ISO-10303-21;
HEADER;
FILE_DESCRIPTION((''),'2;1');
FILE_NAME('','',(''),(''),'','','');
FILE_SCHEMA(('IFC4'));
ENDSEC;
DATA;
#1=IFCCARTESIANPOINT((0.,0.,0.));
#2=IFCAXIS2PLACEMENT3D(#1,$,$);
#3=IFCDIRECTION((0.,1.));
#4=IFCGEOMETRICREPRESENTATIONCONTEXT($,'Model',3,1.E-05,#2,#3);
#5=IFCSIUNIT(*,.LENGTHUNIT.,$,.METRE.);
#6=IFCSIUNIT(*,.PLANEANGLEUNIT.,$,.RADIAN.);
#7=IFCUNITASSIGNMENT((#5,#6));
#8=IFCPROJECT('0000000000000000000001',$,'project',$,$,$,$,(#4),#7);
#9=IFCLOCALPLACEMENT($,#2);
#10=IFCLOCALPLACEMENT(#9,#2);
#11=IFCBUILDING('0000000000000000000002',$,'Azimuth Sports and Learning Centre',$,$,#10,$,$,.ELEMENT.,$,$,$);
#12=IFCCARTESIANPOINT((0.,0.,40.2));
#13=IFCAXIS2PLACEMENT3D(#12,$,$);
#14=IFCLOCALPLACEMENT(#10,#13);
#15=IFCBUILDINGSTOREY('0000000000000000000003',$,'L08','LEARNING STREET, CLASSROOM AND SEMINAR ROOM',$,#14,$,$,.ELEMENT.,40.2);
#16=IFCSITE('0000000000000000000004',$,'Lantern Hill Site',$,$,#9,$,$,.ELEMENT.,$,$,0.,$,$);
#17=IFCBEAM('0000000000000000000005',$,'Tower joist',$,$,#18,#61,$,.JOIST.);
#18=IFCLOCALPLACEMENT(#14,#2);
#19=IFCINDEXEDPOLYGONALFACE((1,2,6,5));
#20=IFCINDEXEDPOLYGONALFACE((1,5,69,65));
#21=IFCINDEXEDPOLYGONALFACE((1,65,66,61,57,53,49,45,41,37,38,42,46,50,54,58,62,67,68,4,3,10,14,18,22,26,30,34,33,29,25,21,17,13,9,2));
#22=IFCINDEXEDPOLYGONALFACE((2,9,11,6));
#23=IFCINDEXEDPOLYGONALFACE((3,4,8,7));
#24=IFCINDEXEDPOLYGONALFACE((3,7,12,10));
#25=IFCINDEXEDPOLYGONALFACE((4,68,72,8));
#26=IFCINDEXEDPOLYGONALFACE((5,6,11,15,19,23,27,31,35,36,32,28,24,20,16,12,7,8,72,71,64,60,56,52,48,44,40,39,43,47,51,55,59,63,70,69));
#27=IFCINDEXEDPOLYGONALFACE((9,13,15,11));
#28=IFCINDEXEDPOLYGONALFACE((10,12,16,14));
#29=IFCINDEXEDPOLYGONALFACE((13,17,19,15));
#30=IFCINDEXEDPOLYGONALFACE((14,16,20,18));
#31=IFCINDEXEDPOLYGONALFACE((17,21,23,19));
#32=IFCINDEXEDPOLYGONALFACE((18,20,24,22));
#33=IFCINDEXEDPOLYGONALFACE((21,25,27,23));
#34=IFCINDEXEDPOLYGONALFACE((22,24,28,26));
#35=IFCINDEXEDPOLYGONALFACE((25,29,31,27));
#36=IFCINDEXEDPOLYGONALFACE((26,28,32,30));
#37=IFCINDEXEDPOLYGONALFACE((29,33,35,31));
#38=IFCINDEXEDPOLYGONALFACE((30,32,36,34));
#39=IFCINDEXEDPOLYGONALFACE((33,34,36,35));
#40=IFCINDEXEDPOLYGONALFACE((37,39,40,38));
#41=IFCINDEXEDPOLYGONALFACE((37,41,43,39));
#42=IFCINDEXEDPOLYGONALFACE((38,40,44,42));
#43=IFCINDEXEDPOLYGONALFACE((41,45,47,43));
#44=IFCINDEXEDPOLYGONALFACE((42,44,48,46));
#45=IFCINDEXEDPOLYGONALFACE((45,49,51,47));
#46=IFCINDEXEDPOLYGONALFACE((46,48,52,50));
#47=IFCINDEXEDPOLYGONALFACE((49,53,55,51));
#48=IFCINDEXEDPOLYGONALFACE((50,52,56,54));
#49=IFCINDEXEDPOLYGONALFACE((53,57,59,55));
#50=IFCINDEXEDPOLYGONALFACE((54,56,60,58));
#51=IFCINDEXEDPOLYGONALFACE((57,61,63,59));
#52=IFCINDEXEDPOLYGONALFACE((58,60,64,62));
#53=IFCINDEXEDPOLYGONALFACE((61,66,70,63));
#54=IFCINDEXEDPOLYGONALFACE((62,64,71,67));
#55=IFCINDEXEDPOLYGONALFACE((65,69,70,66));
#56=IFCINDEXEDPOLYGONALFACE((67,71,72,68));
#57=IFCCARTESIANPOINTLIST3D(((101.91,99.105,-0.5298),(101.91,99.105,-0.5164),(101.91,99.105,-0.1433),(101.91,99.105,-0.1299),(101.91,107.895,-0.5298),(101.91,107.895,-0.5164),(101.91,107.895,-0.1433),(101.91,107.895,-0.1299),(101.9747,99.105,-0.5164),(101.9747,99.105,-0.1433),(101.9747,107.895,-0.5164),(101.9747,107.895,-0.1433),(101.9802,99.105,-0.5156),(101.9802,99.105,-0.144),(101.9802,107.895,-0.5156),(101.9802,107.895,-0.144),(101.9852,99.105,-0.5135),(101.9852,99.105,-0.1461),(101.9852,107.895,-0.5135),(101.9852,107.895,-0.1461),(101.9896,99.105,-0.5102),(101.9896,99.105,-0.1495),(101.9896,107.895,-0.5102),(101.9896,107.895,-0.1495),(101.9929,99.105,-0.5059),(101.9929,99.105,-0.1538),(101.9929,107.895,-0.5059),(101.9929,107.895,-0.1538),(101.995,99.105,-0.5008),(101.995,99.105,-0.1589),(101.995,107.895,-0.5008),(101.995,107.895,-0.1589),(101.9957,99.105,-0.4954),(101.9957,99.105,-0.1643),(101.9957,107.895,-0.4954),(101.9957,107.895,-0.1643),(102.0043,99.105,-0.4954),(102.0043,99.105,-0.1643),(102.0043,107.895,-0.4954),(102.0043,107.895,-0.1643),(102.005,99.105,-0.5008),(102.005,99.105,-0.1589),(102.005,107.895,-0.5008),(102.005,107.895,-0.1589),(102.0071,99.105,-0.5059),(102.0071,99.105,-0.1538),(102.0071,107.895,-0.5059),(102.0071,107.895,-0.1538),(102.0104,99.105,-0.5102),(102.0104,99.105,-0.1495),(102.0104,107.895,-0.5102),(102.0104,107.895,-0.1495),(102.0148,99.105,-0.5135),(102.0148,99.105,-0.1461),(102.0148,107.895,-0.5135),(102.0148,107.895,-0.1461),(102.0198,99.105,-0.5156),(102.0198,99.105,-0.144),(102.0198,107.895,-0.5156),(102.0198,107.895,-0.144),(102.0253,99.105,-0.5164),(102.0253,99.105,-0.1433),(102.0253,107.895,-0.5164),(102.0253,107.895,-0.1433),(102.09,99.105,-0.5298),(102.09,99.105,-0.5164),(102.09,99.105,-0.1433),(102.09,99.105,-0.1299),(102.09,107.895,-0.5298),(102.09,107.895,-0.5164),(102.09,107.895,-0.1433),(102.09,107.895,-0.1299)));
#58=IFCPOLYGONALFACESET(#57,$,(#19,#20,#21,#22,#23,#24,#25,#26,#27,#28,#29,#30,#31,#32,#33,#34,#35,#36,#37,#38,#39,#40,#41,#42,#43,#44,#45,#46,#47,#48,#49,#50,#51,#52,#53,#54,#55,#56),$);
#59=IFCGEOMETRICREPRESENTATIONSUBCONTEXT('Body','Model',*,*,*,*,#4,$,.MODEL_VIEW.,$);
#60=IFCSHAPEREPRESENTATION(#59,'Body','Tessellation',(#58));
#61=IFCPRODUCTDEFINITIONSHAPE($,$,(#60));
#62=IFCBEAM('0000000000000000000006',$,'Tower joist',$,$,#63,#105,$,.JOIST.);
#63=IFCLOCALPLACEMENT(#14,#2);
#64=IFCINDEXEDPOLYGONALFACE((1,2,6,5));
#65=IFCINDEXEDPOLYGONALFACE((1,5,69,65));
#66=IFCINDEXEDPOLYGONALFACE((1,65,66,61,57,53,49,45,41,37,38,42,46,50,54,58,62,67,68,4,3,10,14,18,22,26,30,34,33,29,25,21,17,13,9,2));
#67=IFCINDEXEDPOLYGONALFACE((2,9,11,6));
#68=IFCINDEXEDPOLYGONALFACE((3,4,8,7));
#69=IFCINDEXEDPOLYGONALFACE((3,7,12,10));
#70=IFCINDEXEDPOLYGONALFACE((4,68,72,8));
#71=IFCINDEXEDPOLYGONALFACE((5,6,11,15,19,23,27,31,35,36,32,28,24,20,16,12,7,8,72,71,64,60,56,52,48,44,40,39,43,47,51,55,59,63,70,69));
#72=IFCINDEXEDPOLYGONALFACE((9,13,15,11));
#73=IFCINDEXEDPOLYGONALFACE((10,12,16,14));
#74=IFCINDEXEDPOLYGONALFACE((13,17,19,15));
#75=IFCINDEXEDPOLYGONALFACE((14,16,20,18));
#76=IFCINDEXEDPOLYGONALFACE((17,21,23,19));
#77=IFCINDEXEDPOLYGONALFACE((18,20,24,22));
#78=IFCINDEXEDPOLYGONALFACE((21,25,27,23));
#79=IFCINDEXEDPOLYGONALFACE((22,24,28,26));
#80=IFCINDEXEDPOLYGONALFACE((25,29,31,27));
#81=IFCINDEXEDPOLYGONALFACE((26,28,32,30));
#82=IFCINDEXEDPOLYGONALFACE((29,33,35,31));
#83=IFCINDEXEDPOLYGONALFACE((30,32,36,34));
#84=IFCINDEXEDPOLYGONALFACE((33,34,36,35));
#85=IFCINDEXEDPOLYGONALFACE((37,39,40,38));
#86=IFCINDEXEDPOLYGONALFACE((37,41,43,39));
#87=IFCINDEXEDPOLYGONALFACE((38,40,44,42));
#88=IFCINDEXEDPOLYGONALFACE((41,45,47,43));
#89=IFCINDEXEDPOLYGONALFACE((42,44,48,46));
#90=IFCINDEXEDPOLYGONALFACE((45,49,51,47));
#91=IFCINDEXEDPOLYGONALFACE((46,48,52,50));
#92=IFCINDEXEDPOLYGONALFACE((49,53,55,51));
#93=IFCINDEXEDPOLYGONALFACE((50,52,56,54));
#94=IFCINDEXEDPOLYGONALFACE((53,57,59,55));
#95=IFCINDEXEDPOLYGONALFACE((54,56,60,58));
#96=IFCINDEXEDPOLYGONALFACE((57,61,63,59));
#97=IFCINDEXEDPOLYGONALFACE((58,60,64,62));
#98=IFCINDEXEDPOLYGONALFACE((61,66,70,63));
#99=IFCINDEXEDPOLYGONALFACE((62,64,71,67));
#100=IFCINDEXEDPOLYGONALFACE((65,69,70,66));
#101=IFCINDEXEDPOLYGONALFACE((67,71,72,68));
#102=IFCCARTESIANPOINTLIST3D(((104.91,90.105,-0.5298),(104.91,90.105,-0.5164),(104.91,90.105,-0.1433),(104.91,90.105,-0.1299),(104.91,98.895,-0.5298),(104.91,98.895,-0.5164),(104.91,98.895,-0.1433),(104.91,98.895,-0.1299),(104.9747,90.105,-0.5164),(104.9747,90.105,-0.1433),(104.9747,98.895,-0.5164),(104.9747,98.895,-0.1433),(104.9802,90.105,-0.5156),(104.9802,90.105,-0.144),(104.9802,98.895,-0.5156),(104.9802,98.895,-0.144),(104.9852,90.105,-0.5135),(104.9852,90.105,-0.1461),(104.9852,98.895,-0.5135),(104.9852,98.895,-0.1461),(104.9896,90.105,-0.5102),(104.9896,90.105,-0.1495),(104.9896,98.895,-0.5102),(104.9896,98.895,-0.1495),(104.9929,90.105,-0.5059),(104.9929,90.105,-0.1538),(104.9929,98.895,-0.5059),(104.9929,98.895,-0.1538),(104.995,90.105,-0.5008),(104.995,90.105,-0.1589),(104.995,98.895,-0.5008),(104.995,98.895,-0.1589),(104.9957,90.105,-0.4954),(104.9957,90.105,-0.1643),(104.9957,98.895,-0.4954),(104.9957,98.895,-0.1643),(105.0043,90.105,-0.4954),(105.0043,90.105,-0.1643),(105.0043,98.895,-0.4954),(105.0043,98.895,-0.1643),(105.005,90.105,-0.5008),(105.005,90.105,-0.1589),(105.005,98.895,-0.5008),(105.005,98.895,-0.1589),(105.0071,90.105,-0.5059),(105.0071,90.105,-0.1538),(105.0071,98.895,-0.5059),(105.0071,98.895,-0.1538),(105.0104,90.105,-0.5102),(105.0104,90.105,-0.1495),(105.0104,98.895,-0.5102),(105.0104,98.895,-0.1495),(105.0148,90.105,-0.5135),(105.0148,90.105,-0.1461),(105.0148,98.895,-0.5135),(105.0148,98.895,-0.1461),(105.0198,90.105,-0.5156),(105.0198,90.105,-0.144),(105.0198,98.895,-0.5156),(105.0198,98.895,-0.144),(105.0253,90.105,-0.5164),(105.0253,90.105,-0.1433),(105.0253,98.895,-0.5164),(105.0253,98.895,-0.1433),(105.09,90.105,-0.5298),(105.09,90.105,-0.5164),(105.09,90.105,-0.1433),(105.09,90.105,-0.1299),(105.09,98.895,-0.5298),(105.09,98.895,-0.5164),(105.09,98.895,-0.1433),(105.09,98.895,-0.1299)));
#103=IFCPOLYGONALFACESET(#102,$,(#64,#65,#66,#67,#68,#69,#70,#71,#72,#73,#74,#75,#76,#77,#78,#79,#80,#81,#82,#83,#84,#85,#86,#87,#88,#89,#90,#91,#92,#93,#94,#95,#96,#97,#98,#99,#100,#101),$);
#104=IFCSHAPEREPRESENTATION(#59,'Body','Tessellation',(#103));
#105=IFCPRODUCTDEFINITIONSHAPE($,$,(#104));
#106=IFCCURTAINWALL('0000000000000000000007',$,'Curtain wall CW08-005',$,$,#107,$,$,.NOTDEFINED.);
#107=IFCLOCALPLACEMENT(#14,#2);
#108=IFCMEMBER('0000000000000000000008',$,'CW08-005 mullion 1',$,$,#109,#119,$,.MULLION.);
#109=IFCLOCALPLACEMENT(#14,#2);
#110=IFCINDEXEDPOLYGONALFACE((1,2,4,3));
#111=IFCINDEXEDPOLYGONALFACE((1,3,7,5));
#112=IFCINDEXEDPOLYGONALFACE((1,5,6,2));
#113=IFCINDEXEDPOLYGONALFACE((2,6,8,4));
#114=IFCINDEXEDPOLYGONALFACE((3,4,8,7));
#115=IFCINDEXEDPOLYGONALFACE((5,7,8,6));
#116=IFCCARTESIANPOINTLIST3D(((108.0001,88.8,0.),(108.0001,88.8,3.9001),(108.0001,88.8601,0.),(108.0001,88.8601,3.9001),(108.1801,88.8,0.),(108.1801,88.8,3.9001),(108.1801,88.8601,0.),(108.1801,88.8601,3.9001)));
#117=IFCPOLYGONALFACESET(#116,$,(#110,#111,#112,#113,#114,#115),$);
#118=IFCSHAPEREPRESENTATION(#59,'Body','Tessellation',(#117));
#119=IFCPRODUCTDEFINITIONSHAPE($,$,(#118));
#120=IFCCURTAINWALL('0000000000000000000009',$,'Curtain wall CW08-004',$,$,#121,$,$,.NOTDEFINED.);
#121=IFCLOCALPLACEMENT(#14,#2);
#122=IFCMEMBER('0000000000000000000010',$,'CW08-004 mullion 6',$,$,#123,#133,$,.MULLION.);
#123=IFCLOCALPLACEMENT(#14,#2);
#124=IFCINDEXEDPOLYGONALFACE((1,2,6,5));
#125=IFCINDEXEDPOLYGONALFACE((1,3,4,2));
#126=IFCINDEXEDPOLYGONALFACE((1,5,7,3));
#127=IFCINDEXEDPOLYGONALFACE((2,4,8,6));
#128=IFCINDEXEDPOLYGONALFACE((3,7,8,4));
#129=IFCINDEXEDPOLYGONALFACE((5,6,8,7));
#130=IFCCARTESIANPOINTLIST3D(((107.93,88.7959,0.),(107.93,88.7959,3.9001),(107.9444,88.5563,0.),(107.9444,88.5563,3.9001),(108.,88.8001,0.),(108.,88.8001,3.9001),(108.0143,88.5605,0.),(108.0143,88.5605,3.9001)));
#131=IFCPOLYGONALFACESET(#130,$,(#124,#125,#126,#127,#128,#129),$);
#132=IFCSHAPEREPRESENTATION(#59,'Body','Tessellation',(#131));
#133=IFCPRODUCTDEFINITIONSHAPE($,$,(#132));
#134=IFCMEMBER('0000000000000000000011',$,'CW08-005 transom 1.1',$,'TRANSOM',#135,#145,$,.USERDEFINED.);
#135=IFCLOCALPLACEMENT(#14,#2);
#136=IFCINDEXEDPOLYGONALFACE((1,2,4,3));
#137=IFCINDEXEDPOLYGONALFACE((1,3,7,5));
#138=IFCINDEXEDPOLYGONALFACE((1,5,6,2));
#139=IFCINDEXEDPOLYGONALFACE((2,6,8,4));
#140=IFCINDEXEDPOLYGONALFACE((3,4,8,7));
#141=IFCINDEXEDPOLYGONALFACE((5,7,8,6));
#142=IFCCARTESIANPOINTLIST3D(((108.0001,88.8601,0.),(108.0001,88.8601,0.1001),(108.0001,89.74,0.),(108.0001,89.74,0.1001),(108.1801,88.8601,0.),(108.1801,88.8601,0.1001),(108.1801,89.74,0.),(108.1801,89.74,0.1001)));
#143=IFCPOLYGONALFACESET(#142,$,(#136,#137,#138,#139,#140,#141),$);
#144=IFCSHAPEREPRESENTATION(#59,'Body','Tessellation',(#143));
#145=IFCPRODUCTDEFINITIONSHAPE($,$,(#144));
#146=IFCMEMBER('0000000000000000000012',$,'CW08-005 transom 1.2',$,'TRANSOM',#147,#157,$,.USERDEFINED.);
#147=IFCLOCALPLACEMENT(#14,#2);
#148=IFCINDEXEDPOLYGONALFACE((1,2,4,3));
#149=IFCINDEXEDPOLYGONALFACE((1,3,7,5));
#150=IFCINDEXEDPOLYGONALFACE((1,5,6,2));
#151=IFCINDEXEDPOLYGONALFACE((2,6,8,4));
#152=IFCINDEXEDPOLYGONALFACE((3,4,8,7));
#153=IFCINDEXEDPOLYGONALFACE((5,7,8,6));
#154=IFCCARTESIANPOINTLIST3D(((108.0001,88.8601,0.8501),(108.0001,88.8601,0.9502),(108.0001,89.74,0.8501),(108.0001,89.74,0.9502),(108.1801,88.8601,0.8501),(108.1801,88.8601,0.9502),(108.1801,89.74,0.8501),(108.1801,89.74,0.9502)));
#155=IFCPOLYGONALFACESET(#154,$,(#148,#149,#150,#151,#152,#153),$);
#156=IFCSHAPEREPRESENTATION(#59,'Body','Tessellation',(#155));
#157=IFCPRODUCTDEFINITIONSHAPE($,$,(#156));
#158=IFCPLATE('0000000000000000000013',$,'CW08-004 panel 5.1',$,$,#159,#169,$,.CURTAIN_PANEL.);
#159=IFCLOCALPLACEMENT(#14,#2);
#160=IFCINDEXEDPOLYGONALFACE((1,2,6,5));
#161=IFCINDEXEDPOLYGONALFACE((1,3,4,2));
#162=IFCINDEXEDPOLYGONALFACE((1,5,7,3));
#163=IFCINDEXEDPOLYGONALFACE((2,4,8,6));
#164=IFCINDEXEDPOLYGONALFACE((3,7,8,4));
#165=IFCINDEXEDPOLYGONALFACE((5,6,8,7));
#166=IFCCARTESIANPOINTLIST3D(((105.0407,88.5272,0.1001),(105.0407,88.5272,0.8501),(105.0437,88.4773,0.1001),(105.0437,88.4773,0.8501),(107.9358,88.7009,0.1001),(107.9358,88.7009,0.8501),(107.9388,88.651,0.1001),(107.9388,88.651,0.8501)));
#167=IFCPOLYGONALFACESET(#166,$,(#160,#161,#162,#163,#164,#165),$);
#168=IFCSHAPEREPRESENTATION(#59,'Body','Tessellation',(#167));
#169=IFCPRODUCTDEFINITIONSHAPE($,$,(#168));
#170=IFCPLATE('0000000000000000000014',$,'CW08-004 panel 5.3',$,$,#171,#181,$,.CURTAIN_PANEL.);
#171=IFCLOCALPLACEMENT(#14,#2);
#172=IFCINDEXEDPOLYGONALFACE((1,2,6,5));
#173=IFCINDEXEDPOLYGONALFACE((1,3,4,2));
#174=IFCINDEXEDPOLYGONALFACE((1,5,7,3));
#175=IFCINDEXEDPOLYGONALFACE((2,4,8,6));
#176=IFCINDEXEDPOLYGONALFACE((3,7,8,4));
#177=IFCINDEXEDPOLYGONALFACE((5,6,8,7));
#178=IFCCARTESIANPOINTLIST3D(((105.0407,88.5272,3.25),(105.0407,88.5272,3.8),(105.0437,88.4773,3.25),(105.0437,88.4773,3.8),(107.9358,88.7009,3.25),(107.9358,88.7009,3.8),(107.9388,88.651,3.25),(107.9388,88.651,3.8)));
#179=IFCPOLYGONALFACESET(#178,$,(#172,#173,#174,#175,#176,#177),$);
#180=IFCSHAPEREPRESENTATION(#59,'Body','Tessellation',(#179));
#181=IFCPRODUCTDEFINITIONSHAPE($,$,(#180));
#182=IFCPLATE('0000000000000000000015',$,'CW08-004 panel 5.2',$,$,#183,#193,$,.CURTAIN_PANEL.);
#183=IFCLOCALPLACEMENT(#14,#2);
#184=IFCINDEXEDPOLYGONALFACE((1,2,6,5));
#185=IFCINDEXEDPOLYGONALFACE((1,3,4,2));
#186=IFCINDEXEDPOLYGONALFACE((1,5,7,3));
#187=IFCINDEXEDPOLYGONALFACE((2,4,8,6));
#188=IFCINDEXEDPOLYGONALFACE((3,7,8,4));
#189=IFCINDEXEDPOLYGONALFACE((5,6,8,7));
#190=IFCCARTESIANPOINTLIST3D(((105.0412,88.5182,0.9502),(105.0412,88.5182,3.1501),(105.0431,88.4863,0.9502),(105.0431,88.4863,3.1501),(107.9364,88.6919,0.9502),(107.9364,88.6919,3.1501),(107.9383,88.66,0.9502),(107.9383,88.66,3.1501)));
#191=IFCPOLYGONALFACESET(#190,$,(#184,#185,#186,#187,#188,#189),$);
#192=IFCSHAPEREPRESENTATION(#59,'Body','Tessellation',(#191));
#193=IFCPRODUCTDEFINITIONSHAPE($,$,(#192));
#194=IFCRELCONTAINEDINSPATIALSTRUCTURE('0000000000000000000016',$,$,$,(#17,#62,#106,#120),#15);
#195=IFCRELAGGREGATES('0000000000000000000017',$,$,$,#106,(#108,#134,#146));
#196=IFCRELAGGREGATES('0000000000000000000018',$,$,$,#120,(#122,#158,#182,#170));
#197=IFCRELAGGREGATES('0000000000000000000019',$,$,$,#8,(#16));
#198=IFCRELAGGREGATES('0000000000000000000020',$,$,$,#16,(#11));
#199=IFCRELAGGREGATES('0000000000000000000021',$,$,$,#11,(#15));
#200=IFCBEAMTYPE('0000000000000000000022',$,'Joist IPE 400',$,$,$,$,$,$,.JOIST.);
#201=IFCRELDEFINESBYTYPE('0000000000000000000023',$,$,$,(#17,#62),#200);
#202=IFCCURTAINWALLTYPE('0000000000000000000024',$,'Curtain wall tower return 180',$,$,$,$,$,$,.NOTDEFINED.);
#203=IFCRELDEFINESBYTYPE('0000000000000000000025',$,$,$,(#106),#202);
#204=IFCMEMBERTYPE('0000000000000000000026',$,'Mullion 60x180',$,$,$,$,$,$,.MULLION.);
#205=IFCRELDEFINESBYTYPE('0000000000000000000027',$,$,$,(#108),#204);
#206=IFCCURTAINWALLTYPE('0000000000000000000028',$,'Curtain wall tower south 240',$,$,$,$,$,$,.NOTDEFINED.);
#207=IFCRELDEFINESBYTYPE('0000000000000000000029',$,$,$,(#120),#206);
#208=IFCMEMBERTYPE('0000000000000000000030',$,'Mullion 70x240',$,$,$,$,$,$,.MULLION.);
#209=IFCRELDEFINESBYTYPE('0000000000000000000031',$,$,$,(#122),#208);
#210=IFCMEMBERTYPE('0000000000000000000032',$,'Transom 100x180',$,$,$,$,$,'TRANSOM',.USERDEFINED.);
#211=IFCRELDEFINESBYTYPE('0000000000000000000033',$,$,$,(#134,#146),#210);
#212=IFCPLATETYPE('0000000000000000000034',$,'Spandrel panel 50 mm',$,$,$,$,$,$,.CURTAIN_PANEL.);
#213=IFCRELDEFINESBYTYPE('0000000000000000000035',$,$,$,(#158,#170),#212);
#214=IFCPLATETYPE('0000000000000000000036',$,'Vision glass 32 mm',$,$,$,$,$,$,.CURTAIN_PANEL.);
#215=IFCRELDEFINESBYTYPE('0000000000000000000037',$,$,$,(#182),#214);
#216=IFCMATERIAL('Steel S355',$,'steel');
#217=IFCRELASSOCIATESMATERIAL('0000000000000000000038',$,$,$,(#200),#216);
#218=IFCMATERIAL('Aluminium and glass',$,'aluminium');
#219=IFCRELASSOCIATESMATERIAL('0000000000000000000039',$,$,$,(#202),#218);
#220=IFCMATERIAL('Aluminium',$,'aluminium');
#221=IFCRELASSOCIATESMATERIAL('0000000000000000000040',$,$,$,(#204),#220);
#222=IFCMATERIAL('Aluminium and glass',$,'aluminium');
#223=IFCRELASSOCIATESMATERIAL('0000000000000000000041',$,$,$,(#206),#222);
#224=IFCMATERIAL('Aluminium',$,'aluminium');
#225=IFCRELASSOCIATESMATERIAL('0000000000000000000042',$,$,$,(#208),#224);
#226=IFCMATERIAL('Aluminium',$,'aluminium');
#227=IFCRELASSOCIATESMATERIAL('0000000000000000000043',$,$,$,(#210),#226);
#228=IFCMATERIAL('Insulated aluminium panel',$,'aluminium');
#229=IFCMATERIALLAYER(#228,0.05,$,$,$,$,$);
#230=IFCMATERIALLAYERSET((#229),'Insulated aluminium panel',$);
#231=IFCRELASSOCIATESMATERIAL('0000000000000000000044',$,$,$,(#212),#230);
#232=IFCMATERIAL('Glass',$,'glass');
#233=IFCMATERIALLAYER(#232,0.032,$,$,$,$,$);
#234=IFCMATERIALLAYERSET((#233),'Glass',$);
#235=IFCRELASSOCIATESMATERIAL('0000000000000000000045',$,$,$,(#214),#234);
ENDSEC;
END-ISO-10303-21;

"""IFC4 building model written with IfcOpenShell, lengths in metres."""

from ifc_helpers import new_model, si_unit, direction, frame, origin, origin_2d, place, context, subcontext, project, spatial, rectangle, i_section, extrude, material, layer, layer_set, material_profile, profile_set, type_object, element, aggregate, save


model = new_model("IFC4")

# Units and contexts
model_context = context("Model", 3, precision=1e-05, world=origin(), true_north=direction((0.0, 1.0)))
body_context = subcontext(model_context, "Body", "Model", "MODEL_VIEW")
ifc_project = project(units=[si_unit("LENGTHUNIT", "METRE"), si_unit("PLANEANGLEUNIT", "RADIAN")], contexts=[model_context])

# Site, building, storey
site_placement = place(None, origin())
site = spatial("IfcSite", under=ifc_project, at=site_placement, Name="Lantern Hill Site", CompositionType="ELEMENT", RefElevation=0.0)
building_placement = place(site_placement, origin())
building = spatial("IfcBuilding", under=site, at=building_placement, Name="Azimuth Sports and Learning Centre", CompositionType="ELEMENT")
storey_placement = place(building_placement, frame((0.0, 0.0, 40.2)))
storey = spatial("IfcBuildingStorey", under=building, at=storey_placement, Name="L08", Description="LEARNING STREET, CLASSROOM AND SEMINAR ROOM", CompositionType="ELEMENT", Elevation=40.2)

# Beams
ifc_material_1 = material(Name="Steel S355", Category="steel")
ifc_material_profile_1 = material_profile(ifc_material_1, i_section(OverallWidth=0.1799, OverallDepth=0.3999, WebThickness=0.0085, FlangeThickness=0.0134, FilletRadius=0.021, at=origin_2d()), Name="IPE 400")
ifc_profile_set_1 = profile_set([ifc_material_profile_1], Name="Steel S355")
beam_type_1 = type_object("IfcBeamType", Name="Joist IPE 400", PredefinedType="JOIST", material=ifc_profile_set_1)
for number, where, z_axis, x_axis, name in (
    (1, (102.0, 99.105, -0.3298), (0.0, 1.0, 0.0), (-1.0, 0.0, 0.0), "Tower joist"),
    (2, (105.0, 90.105, -0.3298), (0.0, 1.0, 0.0), (-1.0, 0.0, 0.0), "Tower joist"),
):
    element("IfcBeam", number, at=place(storey_placement, frame(where, z_axis=z_axis, x_axis=x_axis)), inside=storey, type_object=beam_type_1, Name=name, PredefinedType="JOIST", context=body_context, shape_type="SweptSolid", body=[
        extrude(i_section(OverallWidth=0.1799, OverallDepth=0.3999, WebThickness=0.0085, FlangeThickness=0.0134, FilletRadius=0.021, at=origin_2d()), origin(), (0.0, 0.0, 1.0), 8.79),
    ])

# Curtain walls, members
ifc_material_2 = material(Name="Aluminium and glass", Category="aluminium")
curtain_wall_type_1 = type_object("IfcCurtainWallType", Name="Curtain wall tower return 180", PredefinedType="NOTDEFINED", material=ifc_material_2)
curtain_wall_1_placement = place(storey_placement, origin())
curtain_wall_1 = element("IfcCurtainWall", 3, at=curtain_wall_1_placement, inside=storey, type_object=curtain_wall_type_1, Name="Curtain wall CW08-005", PredefinedType="NOTDEFINED")
ifc_material_3 = material(Name="Aluminium", Category="aluminium")
ifc_material_profile_2 = material_profile(ifc_material_3, rectangle(XDim=0.1799, YDim=0.0601, at=origin_2d()), Name="Mullion 60x180")
ifc_profile_set_2 = profile_set([ifc_material_profile_2], Name="Aluminium")
member_type_1 = type_object("IfcMemberType", Name="Mullion 60x180", PredefinedType="MULLION", material=ifc_profile_set_2)
member_1_placement = place(storey_placement, frame((108.0901, 88.8301, 0.0), z_axis=(0.0, 0.0, 1.0), x_axis=(-1.0, 0.0, 0.0)))
member_1 = element("IfcMember", 4, at=member_1_placement, type_object=member_type_1, Name="CW08-005 mullion 1", PredefinedType="MULLION", context=body_context, shape_type="SweptSolid", body=[
    extrude(rectangle(XDim=0.1799, YDim=0.0601, at=origin_2d()), origin(), (0.0, 0.0, 1.0), 3.9001),
])
ifc_material_4 = material(Name="Aluminium and glass", Category="aluminium")
curtain_wall_type_2 = type_object("IfcCurtainWallType", Name="Curtain wall tower south 240", PredefinedType="NOTDEFINED", material=ifc_material_4)
curtain_wall_2_placement = place(storey_placement, origin())
curtain_wall_2 = element("IfcCurtainWall", 5, at=curtain_wall_2_placement, inside=storey, type_object=curtain_wall_type_2, Name="Curtain wall CW08-004", PredefinedType="NOTDEFINED")
ifc_material_5 = material(Name="Aluminium", Category="aluminium")
ifc_material_profile_3 = material_profile(ifc_material_5, rectangle(XDim=0.24, YDim=0.0701, at=origin_2d()), Name="Mullion 70x240")
ifc_profile_set_3 = profile_set([ifc_material_profile_3], Name="Aluminium")
member_type_2 = type_object("IfcMemberType", Name="Mullion 70x240", PredefinedType="MULLION", material=ifc_profile_set_3)
member_2_placement = place(storey_placement, frame((107.9722, 88.6782, 0.0), z_axis=(0.0, 0.0, 1.0), x_axis=(-0.059892, 0.998205, 0.0)))
member_2 = element("IfcMember", 6, at=member_2_placement, type_object=member_type_2, Name="CW08-004 mullion 6", PredefinedType="MULLION", context=body_context, shape_type="SweptSolid", body=[
    extrude(rectangle(XDim=0.24, YDim=0.0701, at=origin_2d()), origin(), (0.0, 0.0, 1.0), 3.9001),
])

# Members
ifc_material_6 = material(Name="Aluminium", Category="aluminium")
ifc_material_profile_4 = material_profile(ifc_material_6, rectangle(XDim=0.1799, YDim=0.1001, at=origin_2d()), Name="Transom 100x180")
ifc_profile_set_4 = profile_set([ifc_material_profile_4], Name="Aluminium")
member_type_3 = type_object("IfcMemberType", Name="Transom 100x180", ElementType="TRANSOM", PredefinedType="USERDEFINED", material=ifc_profile_set_4)
member_3_placement = place(storey_placement, frame((108.0901, 88.8601, 0.05), z_axis=(0.0, 1.0, 0.0), x_axis=(-1.0, 0.0, 0.0)))
member_3 = element("IfcMember", 7, at=member_3_placement, type_object=member_type_3, Name="CW08-005 transom 1.1", ObjectType="TRANSOM", PredefinedType="USERDEFINED", context=body_context, shape_type="SweptSolid", body=[
    extrude(rectangle(XDim=0.1799, YDim=0.1001, at=origin_2d()), origin(), (0.0, 0.0, 1.0), 0.8799),
])
member_4_placement = place(storey_placement, frame((108.0901, 88.8601, 0.9001), z_axis=(0.0, 1.0, 0.0), x_axis=(-1.0, 0.0, 0.0)))
member_4 = element("IfcMember", 8, at=member_4_placement, type_object=member_type_3, Name="CW08-005 transom 1.2", ObjectType="TRANSOM", PredefinedType="USERDEFINED", context=body_context, shape_type="SweptSolid", body=[
    extrude(rectangle(XDim=0.1799, YDim=0.1001, at=origin_2d()), origin(), (0.0, 0.0, 1.0), 0.8799),
])
aggregate(curtain_wall_1, [member_1, member_3, member_4])

# Plates
ifc_material_7 = material(Name="Insulated aluminium panel", Category="aluminium")
ifc_layer_1 = layer(ifc_material_7, 0.05)
ifc_layer_set_1 = layer_set([ifc_layer_1], Name="Insulated aluminium panel")
plate_type_1 = type_object("IfcPlateType", Name="Spandrel panel 50 mm", PredefinedType="CURTAIN_PANEL", material=ifc_layer_set_1)
plate_1_placement = place(storey_placement, frame((106.4897, 88.5891, 0.1001), z_axis=(0.0, 0.0, 1.0), x_axis=(0.998205, 0.059892, 0.0)))
plate_1 = element("IfcPlate", 9, at=plate_1_placement, type_object=plate_type_1, Name="CW08-004 panel 5.1", PredefinedType="CURTAIN_PANEL", context=body_context, shape_type="SweptSolid", body=[
    extrude(rectangle(XDim=2.9004, YDim=0.05, at=origin_2d()), origin(), (0.0, 0.0, 1.0), 0.75),
])
plate_2_placement = place(storey_placement, frame((106.4897, 88.5891, 3.25), z_axis=(0.0, 0.0, 1.0), x_axis=(0.998205, 0.059892, 0.0)))
plate_2 = element("IfcPlate", 10, at=plate_2_placement, type_object=plate_type_1, Name="CW08-004 panel 5.3", PredefinedType="CURTAIN_PANEL", context=body_context, shape_type="SweptSolid", body=[
    extrude(rectangle(XDim=2.9004, YDim=0.05, at=origin_2d()), origin(), (0.0, 0.0, 1.0), 0.55),
])
ifc_material_8 = material(Name="Glass", Category="glass")
ifc_layer_2 = layer(ifc_material_8, 0.032)
ifc_layer_set_2 = layer_set([ifc_layer_2], Name="Glass")
plate_type_2 = type_object("IfcPlateType", Name="Vision glass 32 mm", PredefinedType="CURTAIN_PANEL", material=ifc_layer_set_2)
plate_3_placement = place(storey_placement, frame((106.4897, 88.5891, 0.9502), z_axis=(0.0, 0.0, 1.0), x_axis=(0.998205, 0.059892, 0.0)))
plate_3 = element("IfcPlate", 11, at=plate_3_placement, type_object=plate_type_2, Name="CW08-004 panel 5.2", PredefinedType="CURTAIN_PANEL", context=body_context, shape_type="SweptSolid", body=[
    extrude(rectangle(XDim=2.9004, YDim=0.032, at=origin_2d()), origin(), (0.0, 0.0, 1.0), 2.2),
])
aggregate(curtain_wall_2, [member_2, plate_1, plate_3, plate_2])

save(model, "model.ifc")
